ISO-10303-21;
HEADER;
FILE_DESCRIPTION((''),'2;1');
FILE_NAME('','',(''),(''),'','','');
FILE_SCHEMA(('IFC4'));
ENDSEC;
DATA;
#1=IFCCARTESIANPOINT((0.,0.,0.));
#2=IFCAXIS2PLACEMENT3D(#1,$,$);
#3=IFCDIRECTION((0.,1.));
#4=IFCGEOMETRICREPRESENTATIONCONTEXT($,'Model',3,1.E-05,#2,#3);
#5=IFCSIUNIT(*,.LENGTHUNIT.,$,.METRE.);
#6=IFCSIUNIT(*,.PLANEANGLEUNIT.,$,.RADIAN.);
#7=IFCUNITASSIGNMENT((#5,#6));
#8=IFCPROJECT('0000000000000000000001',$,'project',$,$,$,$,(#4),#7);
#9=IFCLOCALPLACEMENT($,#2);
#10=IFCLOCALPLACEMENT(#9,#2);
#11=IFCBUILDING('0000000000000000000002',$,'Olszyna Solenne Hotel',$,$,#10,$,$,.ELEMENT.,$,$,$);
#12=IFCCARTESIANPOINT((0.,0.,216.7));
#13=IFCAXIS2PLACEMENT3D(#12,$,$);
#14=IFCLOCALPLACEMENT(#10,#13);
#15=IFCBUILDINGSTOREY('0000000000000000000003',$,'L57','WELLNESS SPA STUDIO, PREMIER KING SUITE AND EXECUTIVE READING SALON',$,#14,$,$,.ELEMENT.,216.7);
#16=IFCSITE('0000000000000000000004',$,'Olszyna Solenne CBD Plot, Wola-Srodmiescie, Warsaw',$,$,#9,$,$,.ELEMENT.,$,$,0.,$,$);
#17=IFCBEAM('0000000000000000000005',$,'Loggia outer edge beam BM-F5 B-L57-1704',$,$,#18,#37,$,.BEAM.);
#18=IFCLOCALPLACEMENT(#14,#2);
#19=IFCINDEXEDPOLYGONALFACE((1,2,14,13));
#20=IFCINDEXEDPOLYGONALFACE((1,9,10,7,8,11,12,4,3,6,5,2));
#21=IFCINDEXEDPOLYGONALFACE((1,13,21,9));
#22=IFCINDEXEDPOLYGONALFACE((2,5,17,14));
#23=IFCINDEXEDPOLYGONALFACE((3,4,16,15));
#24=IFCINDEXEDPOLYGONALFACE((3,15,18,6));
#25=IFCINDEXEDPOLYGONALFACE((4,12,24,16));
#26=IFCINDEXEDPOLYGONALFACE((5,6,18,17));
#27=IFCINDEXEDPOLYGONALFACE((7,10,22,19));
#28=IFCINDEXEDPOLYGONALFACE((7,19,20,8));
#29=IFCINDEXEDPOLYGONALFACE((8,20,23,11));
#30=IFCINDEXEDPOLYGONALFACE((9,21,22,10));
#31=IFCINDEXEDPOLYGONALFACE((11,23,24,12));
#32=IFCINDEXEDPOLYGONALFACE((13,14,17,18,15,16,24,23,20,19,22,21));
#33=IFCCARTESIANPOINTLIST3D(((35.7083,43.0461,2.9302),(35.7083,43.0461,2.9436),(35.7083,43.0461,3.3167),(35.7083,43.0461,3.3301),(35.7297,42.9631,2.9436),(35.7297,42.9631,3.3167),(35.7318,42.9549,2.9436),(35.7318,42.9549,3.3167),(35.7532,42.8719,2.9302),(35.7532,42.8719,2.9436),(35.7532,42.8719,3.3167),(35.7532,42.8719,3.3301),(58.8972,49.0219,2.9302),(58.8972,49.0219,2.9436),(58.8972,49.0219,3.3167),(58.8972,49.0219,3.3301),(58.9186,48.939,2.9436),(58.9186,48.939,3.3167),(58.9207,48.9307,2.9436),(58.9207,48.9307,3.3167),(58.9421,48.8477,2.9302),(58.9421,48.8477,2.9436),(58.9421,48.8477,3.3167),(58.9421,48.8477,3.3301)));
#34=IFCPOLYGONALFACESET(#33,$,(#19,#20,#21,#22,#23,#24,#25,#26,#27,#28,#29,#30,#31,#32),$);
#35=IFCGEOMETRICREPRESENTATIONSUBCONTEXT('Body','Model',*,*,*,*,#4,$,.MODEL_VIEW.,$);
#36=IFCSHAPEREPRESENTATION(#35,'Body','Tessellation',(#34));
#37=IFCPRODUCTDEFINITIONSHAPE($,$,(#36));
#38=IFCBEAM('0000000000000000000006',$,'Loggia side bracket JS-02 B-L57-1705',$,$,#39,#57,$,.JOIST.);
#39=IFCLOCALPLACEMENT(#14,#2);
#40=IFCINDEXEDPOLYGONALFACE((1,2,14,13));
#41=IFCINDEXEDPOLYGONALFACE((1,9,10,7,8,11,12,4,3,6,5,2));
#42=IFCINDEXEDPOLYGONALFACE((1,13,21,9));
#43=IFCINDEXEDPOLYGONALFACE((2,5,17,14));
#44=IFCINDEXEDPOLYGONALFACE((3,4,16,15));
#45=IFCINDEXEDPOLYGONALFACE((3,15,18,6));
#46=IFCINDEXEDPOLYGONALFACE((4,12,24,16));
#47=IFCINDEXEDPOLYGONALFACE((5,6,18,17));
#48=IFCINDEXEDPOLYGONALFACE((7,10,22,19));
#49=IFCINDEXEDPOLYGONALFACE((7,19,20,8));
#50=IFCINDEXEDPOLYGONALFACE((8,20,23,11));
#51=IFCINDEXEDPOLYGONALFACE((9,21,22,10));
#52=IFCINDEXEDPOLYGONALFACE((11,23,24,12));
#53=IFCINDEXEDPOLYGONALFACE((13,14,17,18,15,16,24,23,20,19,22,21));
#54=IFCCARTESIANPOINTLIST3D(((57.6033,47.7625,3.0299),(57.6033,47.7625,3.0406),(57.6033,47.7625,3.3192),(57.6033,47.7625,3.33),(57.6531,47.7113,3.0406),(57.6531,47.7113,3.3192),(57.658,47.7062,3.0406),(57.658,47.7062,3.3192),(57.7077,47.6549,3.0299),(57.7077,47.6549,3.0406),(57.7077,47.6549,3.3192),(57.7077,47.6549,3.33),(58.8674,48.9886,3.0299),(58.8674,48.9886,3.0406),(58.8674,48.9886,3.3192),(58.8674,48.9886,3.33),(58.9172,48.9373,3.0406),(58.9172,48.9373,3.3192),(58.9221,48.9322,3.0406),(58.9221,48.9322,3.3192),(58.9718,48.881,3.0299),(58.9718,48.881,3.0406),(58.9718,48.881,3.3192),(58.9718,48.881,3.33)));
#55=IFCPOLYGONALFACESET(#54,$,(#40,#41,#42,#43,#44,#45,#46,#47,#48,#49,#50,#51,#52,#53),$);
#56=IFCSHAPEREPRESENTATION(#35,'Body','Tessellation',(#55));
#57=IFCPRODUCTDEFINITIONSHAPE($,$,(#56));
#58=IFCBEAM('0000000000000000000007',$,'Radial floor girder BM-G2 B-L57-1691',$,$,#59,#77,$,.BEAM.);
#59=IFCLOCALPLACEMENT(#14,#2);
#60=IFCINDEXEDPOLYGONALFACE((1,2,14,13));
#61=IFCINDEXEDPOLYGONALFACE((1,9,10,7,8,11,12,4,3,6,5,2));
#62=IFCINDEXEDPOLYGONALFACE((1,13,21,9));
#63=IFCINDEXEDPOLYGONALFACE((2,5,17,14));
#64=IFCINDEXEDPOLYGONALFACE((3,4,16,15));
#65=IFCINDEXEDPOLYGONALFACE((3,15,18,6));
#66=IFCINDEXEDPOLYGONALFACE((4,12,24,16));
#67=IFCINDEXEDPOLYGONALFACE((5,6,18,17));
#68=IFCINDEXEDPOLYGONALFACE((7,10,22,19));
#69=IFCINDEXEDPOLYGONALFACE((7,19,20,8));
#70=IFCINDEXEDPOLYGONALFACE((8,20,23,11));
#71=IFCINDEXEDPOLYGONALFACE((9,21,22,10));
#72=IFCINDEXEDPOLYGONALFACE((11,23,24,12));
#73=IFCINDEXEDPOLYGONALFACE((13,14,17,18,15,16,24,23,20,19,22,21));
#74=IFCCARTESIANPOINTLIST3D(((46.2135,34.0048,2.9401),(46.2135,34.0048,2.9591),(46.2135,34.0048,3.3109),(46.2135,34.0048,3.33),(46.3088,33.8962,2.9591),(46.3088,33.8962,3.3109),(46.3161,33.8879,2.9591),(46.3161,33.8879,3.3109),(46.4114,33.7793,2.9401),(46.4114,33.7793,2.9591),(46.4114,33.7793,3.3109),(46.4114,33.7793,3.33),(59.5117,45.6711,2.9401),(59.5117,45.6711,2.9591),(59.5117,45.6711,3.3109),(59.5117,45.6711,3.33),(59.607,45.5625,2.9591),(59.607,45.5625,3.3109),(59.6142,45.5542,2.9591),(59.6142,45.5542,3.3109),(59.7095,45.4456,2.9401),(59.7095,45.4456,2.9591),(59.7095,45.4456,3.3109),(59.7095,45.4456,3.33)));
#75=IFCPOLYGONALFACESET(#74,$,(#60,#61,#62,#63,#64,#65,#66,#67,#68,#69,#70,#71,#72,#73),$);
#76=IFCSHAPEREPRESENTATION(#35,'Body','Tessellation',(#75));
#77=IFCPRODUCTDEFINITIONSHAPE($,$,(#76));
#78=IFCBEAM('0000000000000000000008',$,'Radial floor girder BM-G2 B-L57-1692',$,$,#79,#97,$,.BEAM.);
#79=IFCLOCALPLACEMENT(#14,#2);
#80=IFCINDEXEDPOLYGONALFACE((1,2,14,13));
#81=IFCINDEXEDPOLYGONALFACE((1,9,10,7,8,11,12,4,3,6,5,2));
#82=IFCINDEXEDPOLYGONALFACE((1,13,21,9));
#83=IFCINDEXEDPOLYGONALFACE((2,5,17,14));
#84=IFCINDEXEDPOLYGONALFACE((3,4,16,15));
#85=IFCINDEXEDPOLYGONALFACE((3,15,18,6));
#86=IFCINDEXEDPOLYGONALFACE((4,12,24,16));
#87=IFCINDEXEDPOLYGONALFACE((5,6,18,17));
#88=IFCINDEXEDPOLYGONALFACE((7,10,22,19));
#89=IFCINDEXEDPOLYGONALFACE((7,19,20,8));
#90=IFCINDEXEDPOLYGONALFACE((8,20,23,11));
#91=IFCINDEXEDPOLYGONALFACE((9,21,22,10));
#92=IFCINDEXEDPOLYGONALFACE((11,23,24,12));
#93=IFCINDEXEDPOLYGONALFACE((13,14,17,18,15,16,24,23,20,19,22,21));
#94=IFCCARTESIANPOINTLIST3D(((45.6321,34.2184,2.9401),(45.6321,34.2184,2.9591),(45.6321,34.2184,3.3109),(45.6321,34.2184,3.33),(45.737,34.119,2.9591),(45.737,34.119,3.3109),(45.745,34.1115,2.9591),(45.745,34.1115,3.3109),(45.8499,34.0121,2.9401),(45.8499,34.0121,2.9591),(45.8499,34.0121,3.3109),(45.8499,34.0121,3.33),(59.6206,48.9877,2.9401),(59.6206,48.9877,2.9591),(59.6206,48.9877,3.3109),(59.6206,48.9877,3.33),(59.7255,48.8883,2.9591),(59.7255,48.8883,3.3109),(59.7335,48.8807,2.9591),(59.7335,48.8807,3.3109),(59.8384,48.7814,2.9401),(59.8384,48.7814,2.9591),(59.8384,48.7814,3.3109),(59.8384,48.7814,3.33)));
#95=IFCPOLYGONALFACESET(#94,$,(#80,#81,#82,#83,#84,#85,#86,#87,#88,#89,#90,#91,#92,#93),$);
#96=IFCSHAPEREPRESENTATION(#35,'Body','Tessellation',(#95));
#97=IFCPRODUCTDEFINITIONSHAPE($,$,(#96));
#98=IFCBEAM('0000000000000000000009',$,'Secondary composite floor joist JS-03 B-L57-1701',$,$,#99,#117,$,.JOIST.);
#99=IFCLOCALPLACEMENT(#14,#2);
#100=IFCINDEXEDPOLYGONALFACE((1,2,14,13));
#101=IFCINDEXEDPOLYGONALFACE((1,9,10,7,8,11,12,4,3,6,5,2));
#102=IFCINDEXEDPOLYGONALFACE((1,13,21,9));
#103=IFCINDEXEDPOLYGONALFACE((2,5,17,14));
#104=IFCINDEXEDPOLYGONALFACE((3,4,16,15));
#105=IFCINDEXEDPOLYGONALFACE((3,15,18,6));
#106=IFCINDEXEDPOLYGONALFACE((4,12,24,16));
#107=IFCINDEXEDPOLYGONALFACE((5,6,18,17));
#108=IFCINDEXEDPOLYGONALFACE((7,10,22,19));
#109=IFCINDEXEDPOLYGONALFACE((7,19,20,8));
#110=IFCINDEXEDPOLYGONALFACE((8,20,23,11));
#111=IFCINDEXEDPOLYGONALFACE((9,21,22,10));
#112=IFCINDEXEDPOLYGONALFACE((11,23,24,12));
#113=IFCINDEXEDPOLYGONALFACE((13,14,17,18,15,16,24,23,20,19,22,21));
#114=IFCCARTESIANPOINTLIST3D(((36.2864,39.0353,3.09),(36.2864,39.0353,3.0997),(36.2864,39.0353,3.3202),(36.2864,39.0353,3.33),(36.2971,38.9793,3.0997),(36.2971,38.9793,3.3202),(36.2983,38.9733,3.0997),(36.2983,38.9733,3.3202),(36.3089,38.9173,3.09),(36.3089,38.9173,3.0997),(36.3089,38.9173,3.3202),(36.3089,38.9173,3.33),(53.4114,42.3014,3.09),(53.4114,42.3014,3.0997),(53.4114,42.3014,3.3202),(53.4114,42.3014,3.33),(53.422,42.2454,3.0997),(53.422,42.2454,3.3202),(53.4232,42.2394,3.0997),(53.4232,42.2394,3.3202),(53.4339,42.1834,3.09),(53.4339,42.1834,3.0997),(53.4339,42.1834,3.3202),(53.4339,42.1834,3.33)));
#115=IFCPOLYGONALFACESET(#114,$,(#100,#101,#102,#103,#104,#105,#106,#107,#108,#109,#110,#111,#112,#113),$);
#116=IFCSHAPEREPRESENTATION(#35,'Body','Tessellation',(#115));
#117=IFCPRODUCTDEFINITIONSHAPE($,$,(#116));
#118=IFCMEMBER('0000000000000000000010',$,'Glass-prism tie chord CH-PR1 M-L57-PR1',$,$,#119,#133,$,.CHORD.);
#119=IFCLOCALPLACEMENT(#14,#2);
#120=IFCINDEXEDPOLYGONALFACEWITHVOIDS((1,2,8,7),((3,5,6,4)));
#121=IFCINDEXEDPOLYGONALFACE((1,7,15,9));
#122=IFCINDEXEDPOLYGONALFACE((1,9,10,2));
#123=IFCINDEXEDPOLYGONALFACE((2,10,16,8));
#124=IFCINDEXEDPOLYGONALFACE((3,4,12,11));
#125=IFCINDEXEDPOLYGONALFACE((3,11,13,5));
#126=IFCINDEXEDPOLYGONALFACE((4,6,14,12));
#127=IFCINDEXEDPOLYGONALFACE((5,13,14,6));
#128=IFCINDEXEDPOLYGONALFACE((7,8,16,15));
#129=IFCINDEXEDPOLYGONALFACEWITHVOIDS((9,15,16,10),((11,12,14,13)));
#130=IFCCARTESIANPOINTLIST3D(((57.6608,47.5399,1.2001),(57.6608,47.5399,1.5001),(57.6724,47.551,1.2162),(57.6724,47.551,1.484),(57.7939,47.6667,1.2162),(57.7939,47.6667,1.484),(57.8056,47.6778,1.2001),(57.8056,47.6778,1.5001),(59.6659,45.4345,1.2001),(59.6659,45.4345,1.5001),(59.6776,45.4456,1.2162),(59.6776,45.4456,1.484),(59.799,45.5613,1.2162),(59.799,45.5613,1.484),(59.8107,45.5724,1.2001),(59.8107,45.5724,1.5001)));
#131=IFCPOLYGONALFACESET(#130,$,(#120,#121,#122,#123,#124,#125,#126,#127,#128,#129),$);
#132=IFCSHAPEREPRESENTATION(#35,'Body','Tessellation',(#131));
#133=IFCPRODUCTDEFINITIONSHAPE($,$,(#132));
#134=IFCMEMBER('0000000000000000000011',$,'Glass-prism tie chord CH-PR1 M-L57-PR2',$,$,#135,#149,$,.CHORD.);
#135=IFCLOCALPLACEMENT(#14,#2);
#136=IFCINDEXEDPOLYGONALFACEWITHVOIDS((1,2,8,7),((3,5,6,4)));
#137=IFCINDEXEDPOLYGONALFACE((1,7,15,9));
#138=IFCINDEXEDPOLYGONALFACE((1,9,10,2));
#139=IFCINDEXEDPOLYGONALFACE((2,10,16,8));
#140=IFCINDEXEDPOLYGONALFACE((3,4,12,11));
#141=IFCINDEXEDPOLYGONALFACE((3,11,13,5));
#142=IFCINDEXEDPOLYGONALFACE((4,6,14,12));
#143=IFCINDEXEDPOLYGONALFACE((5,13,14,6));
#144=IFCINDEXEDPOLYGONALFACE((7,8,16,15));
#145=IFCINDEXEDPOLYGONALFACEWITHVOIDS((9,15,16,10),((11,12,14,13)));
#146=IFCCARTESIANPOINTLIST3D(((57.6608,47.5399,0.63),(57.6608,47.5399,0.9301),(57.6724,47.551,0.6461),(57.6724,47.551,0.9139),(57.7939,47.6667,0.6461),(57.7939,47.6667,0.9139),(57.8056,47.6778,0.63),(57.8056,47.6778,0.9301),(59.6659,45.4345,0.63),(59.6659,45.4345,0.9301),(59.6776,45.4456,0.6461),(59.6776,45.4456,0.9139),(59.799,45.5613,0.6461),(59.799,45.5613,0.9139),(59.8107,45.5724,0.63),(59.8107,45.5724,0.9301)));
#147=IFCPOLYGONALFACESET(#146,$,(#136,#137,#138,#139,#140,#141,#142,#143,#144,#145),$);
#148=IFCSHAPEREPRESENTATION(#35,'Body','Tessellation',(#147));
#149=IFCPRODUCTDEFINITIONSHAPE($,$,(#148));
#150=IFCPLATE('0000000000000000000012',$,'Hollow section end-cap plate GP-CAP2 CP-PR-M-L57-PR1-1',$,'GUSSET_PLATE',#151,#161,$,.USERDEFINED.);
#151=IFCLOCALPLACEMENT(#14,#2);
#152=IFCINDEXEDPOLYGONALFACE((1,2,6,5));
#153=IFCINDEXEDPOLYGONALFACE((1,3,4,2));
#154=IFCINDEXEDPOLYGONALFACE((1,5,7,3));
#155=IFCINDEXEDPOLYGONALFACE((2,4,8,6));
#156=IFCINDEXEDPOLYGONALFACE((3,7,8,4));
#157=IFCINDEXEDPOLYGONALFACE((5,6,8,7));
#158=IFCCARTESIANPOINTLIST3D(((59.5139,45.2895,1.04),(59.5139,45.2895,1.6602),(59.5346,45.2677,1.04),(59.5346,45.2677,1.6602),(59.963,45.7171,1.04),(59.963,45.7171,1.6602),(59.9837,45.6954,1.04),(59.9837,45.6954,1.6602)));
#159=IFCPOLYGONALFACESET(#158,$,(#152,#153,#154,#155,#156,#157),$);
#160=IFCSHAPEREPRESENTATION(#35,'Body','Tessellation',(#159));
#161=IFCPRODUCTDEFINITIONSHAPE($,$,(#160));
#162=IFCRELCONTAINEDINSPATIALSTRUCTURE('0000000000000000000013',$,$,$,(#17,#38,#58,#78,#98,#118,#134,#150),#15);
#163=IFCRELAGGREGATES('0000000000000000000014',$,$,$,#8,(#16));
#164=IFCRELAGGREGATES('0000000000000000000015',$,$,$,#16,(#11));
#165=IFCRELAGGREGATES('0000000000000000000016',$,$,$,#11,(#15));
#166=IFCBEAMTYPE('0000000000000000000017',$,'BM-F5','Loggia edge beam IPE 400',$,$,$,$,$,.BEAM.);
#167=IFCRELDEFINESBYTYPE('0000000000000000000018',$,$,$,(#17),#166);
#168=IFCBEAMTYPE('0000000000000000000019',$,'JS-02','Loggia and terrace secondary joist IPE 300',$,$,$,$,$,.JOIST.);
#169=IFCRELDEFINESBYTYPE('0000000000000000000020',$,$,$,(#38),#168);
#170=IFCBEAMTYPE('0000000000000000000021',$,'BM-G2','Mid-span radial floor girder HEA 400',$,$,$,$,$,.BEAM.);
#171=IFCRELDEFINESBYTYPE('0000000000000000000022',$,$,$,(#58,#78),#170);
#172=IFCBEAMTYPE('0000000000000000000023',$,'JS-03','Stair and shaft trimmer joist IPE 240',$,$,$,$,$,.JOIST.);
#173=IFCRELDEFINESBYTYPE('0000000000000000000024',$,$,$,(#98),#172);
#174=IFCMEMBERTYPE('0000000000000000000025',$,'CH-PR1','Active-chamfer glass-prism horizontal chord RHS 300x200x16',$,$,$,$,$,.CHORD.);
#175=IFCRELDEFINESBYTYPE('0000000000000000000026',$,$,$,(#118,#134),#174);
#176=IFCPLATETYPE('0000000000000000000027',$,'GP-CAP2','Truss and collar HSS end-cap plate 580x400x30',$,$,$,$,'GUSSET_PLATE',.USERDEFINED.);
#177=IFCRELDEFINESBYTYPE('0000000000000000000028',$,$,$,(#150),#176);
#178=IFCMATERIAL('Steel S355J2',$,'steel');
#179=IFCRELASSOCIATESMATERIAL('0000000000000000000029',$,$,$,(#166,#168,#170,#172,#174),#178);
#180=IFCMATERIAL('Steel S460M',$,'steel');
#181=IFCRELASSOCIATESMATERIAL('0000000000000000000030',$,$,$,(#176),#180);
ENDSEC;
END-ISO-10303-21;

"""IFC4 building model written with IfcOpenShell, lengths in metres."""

from ifc_helpers import new_model, si_unit, direction, frame, origin, origin_2d, place, context, subcontext, project, spatial, rectangle, hollow_rectangle, i_section, extrude, source, transform, mapped, material, material_profile, profile_set, type_object, element, save


model = new_model("IFC4")

# Units and contexts
model_context = context("Model", 3, precision=1e-05, world=origin(), true_north=direction((0.0, 1.0)))
body_context = subcontext(model_context, "Body", "Model", "MODEL_VIEW")
ifc_project = project(units=[si_unit("LENGTHUNIT", "METRE"), si_unit("PLANEANGLEUNIT", "RADIAN")], contexts=[model_context])

# Site, building, storey
site_placement = place(None, origin())
site = spatial("IfcSite", under=ifc_project, at=site_placement, Name="Olszyna Solenne CBD Plot, Wola-Srodmiescie, Warsaw", CompositionType="ELEMENT", RefElevation=0.0)
building_placement = place(site_placement, origin())
building = spatial("IfcBuilding", under=site, at=building_placement, Name="Olszyna Solenne Hotel", CompositionType="ELEMENT")
storey_placement = place(building_placement, frame((0.0, 0.0, 216.7)))
storey = spatial("IfcBuildingStorey", under=building, at=storey_placement, Name="L57", Description="WELLNESS SPA STUDIO, PREMIER KING SUITE AND EXECUTIVE READING SALON", CompositionType="ELEMENT", Elevation=216.7)

# Shared definitions
ifc_material_1 = material(Name="Steel S460M", Category="steel")

# Beams
ifc_material_2 = material(Name="Steel S355J2", Category="steel")
ifc_material_profile_1 = material_profile(ifc_material_2, i_section(OverallWidth=0.1799, OverallDepth=0.3999, WebThickness=0.0085, FlangeThickness=0.0134, at=origin_2d()), Name="IPE 400", Category="load-bearing")
ifc_profile_set_1 = profile_set([ifc_material_profile_1], Name="Steel S355J2")
beam_type_1 = type_object("IfcBeamType", Name="BM-F5", Description="Loggia edge beam IPE 400", PredefinedType="BEAM", material=ifc_profile_set_1)
shared_shape_1 = source(origin(), body_context, "Body", "SweptSolid", [
    extrude(i_section(OverallWidth=0.1799, OverallDepth=0.3999, WebThickness=0.0085, FlangeThickness=0.0134, at=origin_2d()), origin(), (0.0, 0.0, 1.0), 23.9465),
])
beam_1_placement = place(storey_placement, frame((58.9197, 48.9348, 3.1301), z_axis=(-0.968362, -0.249548, 0.0), x_axis=(0.249548, -0.968362, 0.0)))
element("IfcBeam", 1, at=beam_1_placement, inside=storey, type_object=beam_type_1, Name="Loggia outer edge beam BM-F5 B-L57-1704", PredefinedType="BEAM", context=body_context, shape_type="MappedRepresentation", body=[
    mapped(shared_shape_1, transform((0.0, 0.0, 0.0), x_axis=(1.0, 0.0, 0.0), y_axis=(0.0, 1.0, 0.0), z_axis=(0.0, 0.0, 1.0), scale=1.0)),
])
ifc_material_profile_2 = material_profile(ifc_material_2, i_section(OverallWidth=0.1499, OverallDepth=0.3, WebThickness=0.0071, FlangeThickness=0.0107, at=origin_2d()), Name="IPE 300", Category="load-bearing")
ifc_profile_set_2 = profile_set([ifc_material_profile_2], Name="Steel S355J2")
beam_type_2 = type_object("IfcBeamType", Name="JS-02", Description="Loggia and terrace secondary joist IPE 300", PredefinedType="JOIST", material=ifc_profile_set_2)
shared_shape_2 = source(origin(), body_context, "Body", "SweptSolid", [
    extrude(i_section(OverallWidth=0.1499, OverallDepth=0.3, WebThickness=0.0071, FlangeThickness=0.0107, at=origin_2d()), origin(), (0.0, 0.0, 1.0), 1.761),
])
beam_2_placement = place(storey_placement, frame((57.6555, 47.7087, 3.1799), z_axis=(0.717837, 0.696211, 0.0), x_axis=(-0.696211, 0.717837, 0.0)))
element("IfcBeam", 2, at=beam_2_placement, inside=storey, type_object=beam_type_2, Name="Loggia side bracket JS-02 B-L57-1705", PredefinedType="JOIST", context=body_context, shape_type="MappedRepresentation", body=[
    mapped(shared_shape_2, transform((0.0, 0.0, 0.0), x_axis=(1.0, 0.0, 0.0), y_axis=(0.0, 1.0, 0.0), z_axis=(0.0, 0.0, 1.0), scale=1.0)),
])
ifc_material_profile_3 = material_profile(ifc_material_2, i_section(OverallWidth=0.3, OverallDepth=0.3899, WebThickness=0.011, FlangeThickness=0.019, at=origin_2d()), Name="HEA 400", Category="load-bearing")
ifc_profile_set_3 = profile_set([ifc_material_profile_3], Name="Steel S355J2")
beam_type_3 = type_object("IfcBeamType", Name="BM-G2", Description="Mid-span radial floor girder HEA 400", PredefinedType="BEAM", material=ifc_profile_set_3)
shared_shape_3 = source(origin(), body_context, "Body", "SweptSolid", [
    extrude(i_section(OverallWidth=0.3, OverallDepth=0.3899, WebThickness=0.011, FlangeThickness=0.019, at=origin_2d()), origin(), (0.0, 0.0, 1.0), 17.6902),
])
beam_3_placement = place(storey_placement, frame((59.6106, 45.5583, 3.135), z_axis=(-0.751724, -0.659478, 0.0), x_axis=(0.659478, -0.751724, 0.0)))
element("IfcBeam", 3, at=beam_3_placement, inside=storey, type_object=beam_type_3, Name="Radial floor girder BM-G2 B-L57-1691", PredefinedType="BEAM", context=body_context, shape_type="MappedRepresentation", body=[
    mapped(shared_shape_3, transform((0.0, 0.0, 0.0), x_axis=(1.0, 0.0, 0.0), y_axis=(0.0, 1.0, 0.0), z_axis=(0.0, 0.0, 1.0), scale=1.0)),
])
shared_shape_4 = source(origin(), body_context, "Body", "SweptSolid", [
    extrude(i_section(OverallWidth=0.3, OverallDepth=0.3899, WebThickness=0.011, FlangeThickness=0.019, at=origin_2d()), origin(), (0.0, 0.0, 1.0), 20.3423),
])
beam_4_placement = place(storey_placement, frame((59.7295, 48.8845, 3.135), z_axis=(-0.687656, -0.726037, 0.0), x_axis=(0.726037, -0.687656, 0.0)))
element("IfcBeam", 4, at=beam_4_placement, inside=storey, type_object=beam_type_3, Name="Radial floor girder BM-G2 B-L57-1692", PredefinedType="BEAM", context=body_context, shape_type="MappedRepresentation", body=[
    mapped(shared_shape_4, transform((0.0, 0.0, 0.0), x_axis=(1.0, 0.0, 0.0), y_axis=(0.0, 1.0, 0.0), z_axis=(0.0, 0.0, 1.0), scale=1.0)),
])
ifc_material_profile_4 = material_profile(ifc_material_2, i_section(OverallWidth=0.1201, OverallDepth=0.24, WebThickness=0.0061, FlangeThickness=0.0098, at=origin_2d()), Name="IPE 240", Category="load-bearing")
ifc_profile_set_4 = profile_set([ifc_material_profile_4], Name="Steel S355J2")
beam_type_4 = type_object("IfcBeamType", Name="JS-03", Description="Stair and shaft trimmer joist IPE 240", PredefinedType="JOIST", material=ifc_profile_set_4)
shared_shape_5 = source(origin(), body_context, "Body", "SweptSolid", [
    extrude(i_section(OverallWidth=0.1201, OverallDepth=0.24, WebThickness=0.0061, FlangeThickness=0.0098, at=origin_2d()), origin(), (0.0, 0.0, 1.0), 17.4336),
])
beam_5_placement = place(storey_placement, frame((53.4226, 42.2424, 3.21), z_axis=(-0.982294, -0.187345, 0.0), x_axis=(0.187345, -0.982294, 0.0)))
element("IfcBeam", 5, at=beam_5_placement, inside=storey, type_object=beam_type_4, Name="Secondary composite floor joist JS-03 B-L57-1701", PredefinedType="JOIST", context=body_context, shape_type="MappedRepresentation", body=[
    mapped(shared_shape_5, transform((0.0, 0.0, 0.0), x_axis=(1.0, 0.0, 0.0), y_axis=(0.0, 1.0, 0.0), z_axis=(0.0, 0.0, 1.0), scale=1.0)),
])

# Members
ifc_material_profile_5 = material_profile(ifc_material_2, hollow_rectangle(XDim=0.2, YDim=0.3, WallThickness=0.0161, at=origin_2d()), Name="RHS 300x200x16", Category="load-bearing")
ifc_profile_set_5 = profile_set([ifc_material_profile_5], Name="Steel S355J2")
member_type = type_object("IfcMemberType", Name="CH-PR1", Description="Active-chamfer glass-prism horizontal chord RHS 300x200x16", PredefinedType="CHORD", material=ifc_profile_set_5)
shared_shape_6 = source(origin(), body_context, "Body", "SweptSolid", [
    extrude(hollow_rectangle(XDim=0.2, YDim=0.3, WallThickness=0.0161, at=origin_2d()), origin(), (0.0, 0.0, 1.0), 2.9075),
])
for number, where, z_axis, x_axis, name in (
    (6, (59.7383, 45.5034, 1.3501), (-0.68964, 0.724152, 0.0), (-0.724152, -0.68964, 0.0), "Glass-prism tie chord CH-PR1 M-L57-PR1"),
    (7, (59.7383, 45.5034, 0.78), (-0.68964, 0.724152, 0.0), (-0.724152, -0.68964, 0.0), "Glass-prism tie chord CH-PR1 M-L57-PR2"),
):
    element("IfcMember", number, at=place(storey_placement, frame(where, z_axis=z_axis, x_axis=x_axis)), inside=storey, type_object=member_type, Name=name, PredefinedType="CHORD", context=body_context, shape_type="MappedRepresentation", body=[
        mapped(shared_shape_6, transform((0.0, 0.0, 0.0), x_axis=(1.0, 0.0, 0.0), y_axis=(0.0, 1.0, 0.0), z_axis=(0.0, 0.0, 1.0), scale=1.0)),
    ])

# Plate
plate_type = type_object("IfcPlateType", Name="GP-CAP2", Description="Truss and collar HSS end-cap plate 580x400x30", ElementType="GUSSET_PLATE", PredefinedType="USERDEFINED", material=ifc_material_1)
shared_shape_7 = source(origin(), body_context, "Body", "SweptSolid", [
    extrude(rectangle(XDim=0.03, YDim=0.6201, at=origin_2d()), origin(), (0.0, 0.0, 1.0), 0.6201),
])
for number, where, z_axis, x_axis, name in (
    (8, (59.7488, 45.4924, 1.04), (0.0, 0.0, 1.0), (-0.68962, 0.724172, 0.0), "Hollow section end-cap plate GP-CAP2 CP-PR-M-L57-PR1-1"),
):
    element("IfcPlate", number, at=place(storey_placement, frame(where, z_axis=z_axis, x_axis=x_axis)), inside=storey, type_object=plate_type, Name=name, ObjectType="GUSSET_PLATE", PredefinedType="USERDEFINED", context=body_context, shape_type="MappedRepresentation", body=[
        mapped(shared_shape_7, transform((0.0, 0.0, 0.0), x_axis=(1.0, 0.0, 0.0), y_axis=(0.0, 1.0, 0.0), z_axis=(0.0, 0.0, 1.0), scale=1.0)),
    ])

save(model, "model.ifc")
